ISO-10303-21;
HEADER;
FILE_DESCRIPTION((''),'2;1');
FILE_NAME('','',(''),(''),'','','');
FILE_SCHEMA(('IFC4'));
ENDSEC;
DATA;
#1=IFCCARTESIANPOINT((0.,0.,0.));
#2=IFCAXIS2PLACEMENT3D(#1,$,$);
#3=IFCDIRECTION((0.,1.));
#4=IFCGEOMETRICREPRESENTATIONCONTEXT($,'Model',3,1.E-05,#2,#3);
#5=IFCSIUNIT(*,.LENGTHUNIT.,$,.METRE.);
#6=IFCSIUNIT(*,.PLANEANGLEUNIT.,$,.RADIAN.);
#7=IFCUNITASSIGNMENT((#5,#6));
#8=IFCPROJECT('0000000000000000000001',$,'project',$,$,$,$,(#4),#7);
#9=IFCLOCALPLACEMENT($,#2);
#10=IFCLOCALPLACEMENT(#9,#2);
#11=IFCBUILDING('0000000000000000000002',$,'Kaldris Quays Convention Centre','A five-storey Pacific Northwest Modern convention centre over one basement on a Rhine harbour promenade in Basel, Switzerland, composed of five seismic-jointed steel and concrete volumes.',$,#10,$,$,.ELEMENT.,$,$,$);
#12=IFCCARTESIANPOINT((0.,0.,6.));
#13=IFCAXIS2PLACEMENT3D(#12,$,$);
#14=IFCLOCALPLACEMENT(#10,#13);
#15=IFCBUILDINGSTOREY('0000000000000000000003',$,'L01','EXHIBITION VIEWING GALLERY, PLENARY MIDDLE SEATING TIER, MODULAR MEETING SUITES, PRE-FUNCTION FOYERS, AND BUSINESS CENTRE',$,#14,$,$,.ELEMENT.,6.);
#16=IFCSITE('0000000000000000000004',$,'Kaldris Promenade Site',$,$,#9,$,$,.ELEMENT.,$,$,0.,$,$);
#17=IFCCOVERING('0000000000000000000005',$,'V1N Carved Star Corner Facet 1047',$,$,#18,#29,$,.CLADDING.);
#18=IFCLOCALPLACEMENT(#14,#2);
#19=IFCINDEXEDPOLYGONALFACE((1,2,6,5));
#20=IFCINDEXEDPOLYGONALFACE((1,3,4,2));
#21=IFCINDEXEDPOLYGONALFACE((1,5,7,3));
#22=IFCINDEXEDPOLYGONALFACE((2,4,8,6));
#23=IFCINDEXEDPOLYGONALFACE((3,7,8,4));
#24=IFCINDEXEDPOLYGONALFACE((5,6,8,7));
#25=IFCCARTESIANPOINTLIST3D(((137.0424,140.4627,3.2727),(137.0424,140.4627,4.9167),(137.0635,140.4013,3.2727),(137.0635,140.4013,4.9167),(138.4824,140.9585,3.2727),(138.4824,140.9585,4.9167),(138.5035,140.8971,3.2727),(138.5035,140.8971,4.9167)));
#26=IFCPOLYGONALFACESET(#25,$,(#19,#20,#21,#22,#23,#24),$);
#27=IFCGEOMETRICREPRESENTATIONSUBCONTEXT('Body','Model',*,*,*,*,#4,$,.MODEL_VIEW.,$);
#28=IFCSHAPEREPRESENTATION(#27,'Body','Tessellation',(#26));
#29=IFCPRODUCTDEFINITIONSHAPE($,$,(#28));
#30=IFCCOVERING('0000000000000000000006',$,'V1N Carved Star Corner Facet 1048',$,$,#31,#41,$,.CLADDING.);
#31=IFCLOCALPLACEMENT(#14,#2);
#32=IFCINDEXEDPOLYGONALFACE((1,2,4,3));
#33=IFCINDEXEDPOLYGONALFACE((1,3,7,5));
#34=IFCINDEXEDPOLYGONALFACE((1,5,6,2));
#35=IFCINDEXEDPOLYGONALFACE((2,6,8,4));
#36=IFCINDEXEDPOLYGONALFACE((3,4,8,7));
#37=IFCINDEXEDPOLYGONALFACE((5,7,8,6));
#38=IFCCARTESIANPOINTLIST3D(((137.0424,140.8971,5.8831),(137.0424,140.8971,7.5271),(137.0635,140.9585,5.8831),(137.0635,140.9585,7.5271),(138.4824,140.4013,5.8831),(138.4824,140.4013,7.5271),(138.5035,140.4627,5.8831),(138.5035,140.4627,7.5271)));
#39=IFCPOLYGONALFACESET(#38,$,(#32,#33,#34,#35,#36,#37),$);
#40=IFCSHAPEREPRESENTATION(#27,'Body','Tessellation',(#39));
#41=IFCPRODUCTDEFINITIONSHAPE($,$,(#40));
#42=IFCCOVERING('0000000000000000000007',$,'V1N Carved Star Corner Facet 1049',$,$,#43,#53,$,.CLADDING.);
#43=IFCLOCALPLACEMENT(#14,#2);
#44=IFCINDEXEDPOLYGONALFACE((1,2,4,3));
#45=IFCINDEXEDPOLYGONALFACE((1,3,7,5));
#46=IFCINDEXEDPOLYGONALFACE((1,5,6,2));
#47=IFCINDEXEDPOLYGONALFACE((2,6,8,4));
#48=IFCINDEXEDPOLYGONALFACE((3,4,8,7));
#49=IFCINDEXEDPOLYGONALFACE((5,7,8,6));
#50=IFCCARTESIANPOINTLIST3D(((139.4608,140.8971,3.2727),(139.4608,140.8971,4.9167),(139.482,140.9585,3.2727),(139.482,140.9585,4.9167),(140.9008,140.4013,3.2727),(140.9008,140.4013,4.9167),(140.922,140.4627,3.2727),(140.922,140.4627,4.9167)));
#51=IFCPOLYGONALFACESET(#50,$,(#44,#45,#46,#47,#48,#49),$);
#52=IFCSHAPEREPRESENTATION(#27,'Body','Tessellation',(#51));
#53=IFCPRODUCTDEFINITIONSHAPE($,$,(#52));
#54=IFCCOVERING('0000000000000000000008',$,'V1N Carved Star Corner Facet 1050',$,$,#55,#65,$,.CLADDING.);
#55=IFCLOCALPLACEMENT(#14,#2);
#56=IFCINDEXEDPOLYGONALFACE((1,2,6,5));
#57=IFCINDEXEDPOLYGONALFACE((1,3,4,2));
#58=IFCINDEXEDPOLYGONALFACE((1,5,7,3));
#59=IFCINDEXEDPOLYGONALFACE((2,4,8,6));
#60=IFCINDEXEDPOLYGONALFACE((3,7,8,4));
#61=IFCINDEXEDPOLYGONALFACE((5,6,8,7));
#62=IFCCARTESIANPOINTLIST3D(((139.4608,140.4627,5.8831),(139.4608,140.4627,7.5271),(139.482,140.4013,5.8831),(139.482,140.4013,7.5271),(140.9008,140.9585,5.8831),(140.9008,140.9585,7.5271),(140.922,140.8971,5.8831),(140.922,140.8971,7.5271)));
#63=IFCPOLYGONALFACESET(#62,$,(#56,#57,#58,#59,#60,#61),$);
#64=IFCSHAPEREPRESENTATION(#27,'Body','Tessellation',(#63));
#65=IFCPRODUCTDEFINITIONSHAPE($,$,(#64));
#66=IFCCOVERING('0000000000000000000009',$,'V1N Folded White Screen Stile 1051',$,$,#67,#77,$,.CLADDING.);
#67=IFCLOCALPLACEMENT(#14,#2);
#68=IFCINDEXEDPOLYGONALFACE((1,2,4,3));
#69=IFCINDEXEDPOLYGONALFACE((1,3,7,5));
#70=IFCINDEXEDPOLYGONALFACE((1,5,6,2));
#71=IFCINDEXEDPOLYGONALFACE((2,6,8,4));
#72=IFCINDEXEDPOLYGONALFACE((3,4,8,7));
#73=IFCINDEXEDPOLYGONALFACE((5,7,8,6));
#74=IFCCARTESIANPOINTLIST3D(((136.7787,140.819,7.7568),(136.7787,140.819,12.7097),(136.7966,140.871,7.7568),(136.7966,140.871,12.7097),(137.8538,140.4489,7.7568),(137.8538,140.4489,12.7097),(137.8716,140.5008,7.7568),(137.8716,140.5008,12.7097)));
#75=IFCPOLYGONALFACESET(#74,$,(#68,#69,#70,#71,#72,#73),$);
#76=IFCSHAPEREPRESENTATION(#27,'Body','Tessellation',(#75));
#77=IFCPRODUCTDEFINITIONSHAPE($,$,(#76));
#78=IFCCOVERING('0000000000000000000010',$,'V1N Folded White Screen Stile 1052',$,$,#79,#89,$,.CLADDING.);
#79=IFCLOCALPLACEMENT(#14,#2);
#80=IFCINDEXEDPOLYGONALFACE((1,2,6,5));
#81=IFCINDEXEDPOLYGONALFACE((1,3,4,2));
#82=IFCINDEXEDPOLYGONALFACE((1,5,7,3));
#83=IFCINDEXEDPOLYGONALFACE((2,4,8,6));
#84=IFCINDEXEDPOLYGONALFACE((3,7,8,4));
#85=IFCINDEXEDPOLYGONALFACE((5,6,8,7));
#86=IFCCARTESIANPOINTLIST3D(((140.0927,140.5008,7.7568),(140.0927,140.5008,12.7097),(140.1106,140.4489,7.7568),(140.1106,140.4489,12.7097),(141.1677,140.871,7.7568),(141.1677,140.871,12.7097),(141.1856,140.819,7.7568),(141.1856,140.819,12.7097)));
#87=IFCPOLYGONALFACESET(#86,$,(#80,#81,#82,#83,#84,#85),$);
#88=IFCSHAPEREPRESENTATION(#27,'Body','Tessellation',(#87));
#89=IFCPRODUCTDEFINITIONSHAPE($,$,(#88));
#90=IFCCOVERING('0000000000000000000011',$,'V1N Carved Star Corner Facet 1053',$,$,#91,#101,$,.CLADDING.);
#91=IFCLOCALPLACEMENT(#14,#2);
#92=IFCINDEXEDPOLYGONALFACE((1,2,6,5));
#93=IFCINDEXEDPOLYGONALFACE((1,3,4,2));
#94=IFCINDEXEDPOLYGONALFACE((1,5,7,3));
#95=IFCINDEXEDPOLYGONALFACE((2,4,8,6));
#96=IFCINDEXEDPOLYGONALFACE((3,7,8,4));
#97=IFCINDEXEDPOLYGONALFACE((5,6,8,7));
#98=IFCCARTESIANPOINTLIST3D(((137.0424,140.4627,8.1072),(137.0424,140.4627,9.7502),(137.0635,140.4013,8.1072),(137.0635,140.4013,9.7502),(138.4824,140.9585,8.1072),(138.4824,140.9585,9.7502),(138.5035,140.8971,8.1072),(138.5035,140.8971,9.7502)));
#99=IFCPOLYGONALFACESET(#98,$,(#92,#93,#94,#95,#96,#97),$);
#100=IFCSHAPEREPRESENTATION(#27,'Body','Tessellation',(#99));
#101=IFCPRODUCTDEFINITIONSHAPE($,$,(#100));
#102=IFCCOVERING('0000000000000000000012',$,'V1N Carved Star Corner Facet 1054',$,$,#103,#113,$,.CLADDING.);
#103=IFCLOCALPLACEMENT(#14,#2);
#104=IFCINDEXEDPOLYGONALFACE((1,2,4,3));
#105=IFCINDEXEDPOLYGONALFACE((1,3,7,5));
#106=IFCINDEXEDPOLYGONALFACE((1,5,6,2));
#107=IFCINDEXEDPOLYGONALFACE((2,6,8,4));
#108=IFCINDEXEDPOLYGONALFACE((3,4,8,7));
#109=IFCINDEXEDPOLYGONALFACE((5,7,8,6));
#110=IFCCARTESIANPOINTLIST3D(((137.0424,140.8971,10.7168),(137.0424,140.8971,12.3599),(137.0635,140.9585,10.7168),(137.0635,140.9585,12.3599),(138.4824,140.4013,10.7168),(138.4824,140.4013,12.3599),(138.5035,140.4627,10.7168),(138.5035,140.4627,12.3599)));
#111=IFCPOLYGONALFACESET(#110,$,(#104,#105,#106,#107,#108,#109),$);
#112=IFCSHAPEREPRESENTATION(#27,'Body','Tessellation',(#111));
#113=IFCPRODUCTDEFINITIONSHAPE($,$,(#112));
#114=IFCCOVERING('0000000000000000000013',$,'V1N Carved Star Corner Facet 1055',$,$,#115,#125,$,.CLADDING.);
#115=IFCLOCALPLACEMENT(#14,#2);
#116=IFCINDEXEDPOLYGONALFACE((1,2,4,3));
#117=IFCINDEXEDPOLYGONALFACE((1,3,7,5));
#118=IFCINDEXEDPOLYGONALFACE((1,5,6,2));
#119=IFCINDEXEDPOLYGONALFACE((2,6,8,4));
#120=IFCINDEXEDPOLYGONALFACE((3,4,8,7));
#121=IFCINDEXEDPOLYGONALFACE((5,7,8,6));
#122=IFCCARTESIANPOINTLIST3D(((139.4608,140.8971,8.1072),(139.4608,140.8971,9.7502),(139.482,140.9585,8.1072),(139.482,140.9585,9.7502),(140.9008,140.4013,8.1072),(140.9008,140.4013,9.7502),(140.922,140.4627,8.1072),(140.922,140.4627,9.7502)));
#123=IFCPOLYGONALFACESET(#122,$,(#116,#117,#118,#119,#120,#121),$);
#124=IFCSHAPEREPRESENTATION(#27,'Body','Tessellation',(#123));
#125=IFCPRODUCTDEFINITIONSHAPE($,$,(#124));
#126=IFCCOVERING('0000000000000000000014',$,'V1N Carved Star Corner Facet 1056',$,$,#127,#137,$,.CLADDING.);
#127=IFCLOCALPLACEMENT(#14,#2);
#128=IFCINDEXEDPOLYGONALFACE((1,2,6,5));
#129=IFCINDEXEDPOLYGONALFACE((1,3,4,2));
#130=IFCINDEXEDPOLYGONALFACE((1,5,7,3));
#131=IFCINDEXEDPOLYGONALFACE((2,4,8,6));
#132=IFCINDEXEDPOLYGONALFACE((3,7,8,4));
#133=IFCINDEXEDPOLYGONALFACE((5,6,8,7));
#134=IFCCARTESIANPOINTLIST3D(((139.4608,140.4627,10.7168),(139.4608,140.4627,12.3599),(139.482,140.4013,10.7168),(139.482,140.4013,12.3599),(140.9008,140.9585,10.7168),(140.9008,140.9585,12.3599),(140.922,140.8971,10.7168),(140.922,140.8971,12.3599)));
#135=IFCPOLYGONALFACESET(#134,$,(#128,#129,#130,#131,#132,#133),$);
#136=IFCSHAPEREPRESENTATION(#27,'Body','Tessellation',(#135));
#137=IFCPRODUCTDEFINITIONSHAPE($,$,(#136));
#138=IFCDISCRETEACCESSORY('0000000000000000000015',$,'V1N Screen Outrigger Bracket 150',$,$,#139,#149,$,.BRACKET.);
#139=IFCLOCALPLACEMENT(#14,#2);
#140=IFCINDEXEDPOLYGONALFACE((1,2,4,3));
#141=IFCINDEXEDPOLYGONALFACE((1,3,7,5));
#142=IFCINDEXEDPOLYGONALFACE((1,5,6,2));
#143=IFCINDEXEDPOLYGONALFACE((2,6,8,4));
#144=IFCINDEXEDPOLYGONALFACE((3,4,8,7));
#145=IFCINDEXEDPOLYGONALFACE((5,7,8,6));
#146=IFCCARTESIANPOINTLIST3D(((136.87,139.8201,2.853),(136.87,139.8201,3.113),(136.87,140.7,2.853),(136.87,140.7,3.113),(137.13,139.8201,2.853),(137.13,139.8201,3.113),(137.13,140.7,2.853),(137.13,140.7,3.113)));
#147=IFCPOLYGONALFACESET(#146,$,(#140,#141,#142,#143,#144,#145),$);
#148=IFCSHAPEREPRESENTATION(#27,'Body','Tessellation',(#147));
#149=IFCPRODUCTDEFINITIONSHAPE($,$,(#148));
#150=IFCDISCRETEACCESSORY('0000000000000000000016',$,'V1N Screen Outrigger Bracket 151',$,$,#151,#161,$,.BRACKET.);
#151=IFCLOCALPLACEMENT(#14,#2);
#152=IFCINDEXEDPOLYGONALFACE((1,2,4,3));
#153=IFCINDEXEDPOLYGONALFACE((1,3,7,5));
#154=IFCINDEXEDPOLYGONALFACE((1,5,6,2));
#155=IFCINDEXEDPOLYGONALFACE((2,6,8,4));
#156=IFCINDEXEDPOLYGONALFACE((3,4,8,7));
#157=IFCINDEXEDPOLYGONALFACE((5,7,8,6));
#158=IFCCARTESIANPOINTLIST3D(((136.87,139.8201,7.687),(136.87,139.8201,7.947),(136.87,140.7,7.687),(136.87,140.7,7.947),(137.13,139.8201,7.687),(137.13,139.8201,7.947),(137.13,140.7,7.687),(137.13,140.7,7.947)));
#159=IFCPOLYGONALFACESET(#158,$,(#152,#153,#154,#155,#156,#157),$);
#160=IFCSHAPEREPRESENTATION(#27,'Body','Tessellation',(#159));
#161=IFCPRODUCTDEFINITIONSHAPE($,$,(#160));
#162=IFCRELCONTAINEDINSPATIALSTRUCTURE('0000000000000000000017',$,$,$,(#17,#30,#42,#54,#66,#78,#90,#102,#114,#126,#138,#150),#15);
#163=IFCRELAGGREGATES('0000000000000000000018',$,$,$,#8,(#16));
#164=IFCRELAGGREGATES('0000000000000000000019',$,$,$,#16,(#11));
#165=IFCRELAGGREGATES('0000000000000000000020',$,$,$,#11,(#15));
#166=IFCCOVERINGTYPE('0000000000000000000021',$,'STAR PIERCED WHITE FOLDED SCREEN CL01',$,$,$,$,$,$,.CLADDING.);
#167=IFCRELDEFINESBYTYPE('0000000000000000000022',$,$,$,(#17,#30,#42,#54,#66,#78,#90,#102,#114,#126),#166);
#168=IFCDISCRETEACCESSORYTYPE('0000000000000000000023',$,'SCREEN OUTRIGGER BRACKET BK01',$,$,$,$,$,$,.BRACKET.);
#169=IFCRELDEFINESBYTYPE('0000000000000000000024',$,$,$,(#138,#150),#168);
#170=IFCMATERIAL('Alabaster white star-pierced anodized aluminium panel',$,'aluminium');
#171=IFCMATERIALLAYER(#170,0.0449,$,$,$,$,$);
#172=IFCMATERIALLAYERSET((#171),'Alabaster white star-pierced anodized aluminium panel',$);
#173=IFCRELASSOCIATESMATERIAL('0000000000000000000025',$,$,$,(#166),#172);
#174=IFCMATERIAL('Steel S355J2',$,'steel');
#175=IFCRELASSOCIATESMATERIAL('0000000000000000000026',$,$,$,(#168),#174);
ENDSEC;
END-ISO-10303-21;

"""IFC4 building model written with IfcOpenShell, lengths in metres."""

from ifc_helpers import new_model, si_unit, direction, frame, origin, origin_2d, place, context, subcontext, project, spatial, rectangle, extrude, material, layer, layer_set, type_object, element, save


model = new_model("IFC4")

# Units and contexts
model_context = context("Model", 3, precision=1e-05, world=origin(), true_north=direction((0.0, 1.0)))
body_context = subcontext(model_context, "Body", "Model", "MODEL_VIEW")
ifc_project = project(units=[si_unit("LENGTHUNIT", "METRE"), si_unit("PLANEANGLEUNIT", "RADIAN")], contexts=[model_context])

# Site, building, storey
site_placement = place(None, origin())
site = spatial("IfcSite", under=ifc_project, at=site_placement, Name="Kaldris Promenade Site", CompositionType="ELEMENT", RefElevation=0.0)
building_placement = place(site_placement, origin())
building = spatial("IfcBuilding", under=site, at=building_placement, Name="Kaldris Quays Convention Centre", Description="A five-storey Pacific Northwest Modern convention centre over one basement on a Rhine harbour promenade in Basel, Switzerland, composed of five seismic-jointed steel and concrete volumes.", CompositionType="ELEMENT")
storey_placement = place(building_placement, frame((0.0, 0.0, 6.0)))
storey = spatial("IfcBuildingStorey", under=building, at=storey_placement, Name="L01", Description="EXHIBITION VIEWING GALLERY, PLENARY MIDDLE SEATING TIER, MODULAR MEETING SUITES, PRE-FUNCTION FOYERS, AND BUSINESS CENTRE", CompositionType="ELEMENT", Elevation=6.0)

# Coverings
ifc_material_1 = material(Name="Alabaster white star-pierced anodized aluminium panel", Category="aluminium")
ifc_layer = layer(ifc_material_1, 0.0449)
ifc_layer_set = layer_set([ifc_layer], Name="Alabaster white star-pierced anodized aluminium panel")
covering_type = type_object("IfcCoveringType", Name="STAR PIERCED WHITE FOLDED SCREEN CL01", PredefinedType="CLADDING", material=ifc_layer_set)
for number, where, z_axis, x_axis, name in (
    (1, (137.7729, 140.6799, 3.2727), (0.0, 0.0, 1.0), (0.945519, 0.325568, 0.0), "V1N Carved Star Corner Facet 1047"),
    (2, (137.7729, 140.6799, 5.8831), (0.0, 0.0, 1.0), (0.945519, -0.325568, 0.0), "V1N Carved Star Corner Facet 1048"),
    (3, (140.1914, 140.6799, 3.2727), (0.0, 0.0, 1.0), (0.945519, -0.325568, 0.0), "V1N Carved Star Corner Facet 1049"),
    (4, (140.1914, 140.6799, 5.8831), (0.0, 0.0, 1.0), (0.945519, 0.325568, 0.0), "V1N Carved Star Corner Facet 1050"),
):
    element("IfcCovering", number, at=place(storey_placement, frame(where, z_axis=z_axis, x_axis=x_axis)), inside=storey, type_object=covering_type, Name=name, PredefinedType="CLADDING", context=body_context, shape_type="SweptSolid", body=[
        extrude(rectangle(XDim=1.5229, YDim=0.0649, at=origin_2d()), origin(), (0.0, 0.0, 1.0), 1.644),
    ])
for number, where, z_axis, x_axis, name in (
    (5, (137.3252, 140.6599, 7.7568), (0.0, 0.0, 1.0), (0.945519, -0.325568, 0.0), "V1N Folded White Screen Stile 1051"),
    (6, (140.6392, 140.6599, 7.7568), (0.0, 0.0, 1.0), (0.945519, 0.325568, 0.0), "V1N Folded White Screen Stile 1052"),
):
    element("IfcCovering", number, at=place(storey_placement, frame(where, z_axis=z_axis, x_axis=x_axis)), inside=storey, type_object=covering_type, Name=name, PredefinedType="CLADDING", context=body_context, shape_type="SweptSolid", body=[
        extrude(rectangle(XDim=1.137, YDim=0.0549, at=origin_2d()), origin(), (0.0, 0.0, 1.0), 4.9529),
    ])
for number, where, z_axis, x_axis, name in (
    (7, (137.7729, 140.6799, 8.1072), (0.0, 0.0, 1.0), (0.945519, 0.325568, 0.0), "V1N Carved Star Corner Facet 1053"),
    (8, (137.7729, 140.6799, 10.7168), (0.0, 0.0, 1.0), (0.945519, -0.325568, 0.0), "V1N Carved Star Corner Facet 1054"),
    (9, (140.1914, 140.6799, 8.1072), (0.0, 0.0, 1.0), (0.945519, -0.325568, 0.0), "V1N Carved Star Corner Facet 1055"),
    (10, (140.1914, 140.6799, 10.7168), (0.0, 0.0, 1.0), (0.945519, 0.325568, 0.0), "V1N Carved Star Corner Facet 1056"),
):
    element("IfcCovering", number, at=place(storey_placement, frame(where, z_axis=z_axis, x_axis=x_axis)), inside=storey, type_object=covering_type, Name=name, PredefinedType="CLADDING", context=body_context, shape_type="SweptSolid", body=[
        extrude(rectangle(XDim=1.5229, YDim=0.0649, at=origin_2d()), origin(), (0.0, 0.0, 1.0), 1.6431),
    ])

# Discrete accessories
ifc_material_2 = material(Name="Steel S355J2", Category="steel")
discrete_accessory_type = type_object("IfcDiscreteAccessoryType", Name="SCREEN OUTRIGGER BRACKET BK01", PredefinedType="BRACKET", material=ifc_material_2)
for number, where, z_axis, x_axis, name in (
    (11, (137.0, 140.26, 2.853), (0.0, 0.0, 1.0), (1.0, 0.0, 0.0), "V1N Screen Outrigger Bracket 150"),
    (12, (137.0, 140.26, 7.687), (0.0, 0.0, 1.0), (1.0, 0.0, 0.0), "V1N Screen Outrigger Bracket 151"),
):
    element("IfcDiscreteAccessory", number, at=place(storey_placement, frame(where, z_axis=z_axis, x_axis=x_axis)), inside=storey, type_object=discrete_accessory_type, Name=name, PredefinedType="BRACKET", context=body_context, shape_type="SweptSolid", body=[
        extrude(rectangle(XDim=0.26, YDim=0.8799, at=origin_2d()), origin(), (0.0, 0.0, 1.0), 0.26),
    ])

save(model, "model.ifc")
